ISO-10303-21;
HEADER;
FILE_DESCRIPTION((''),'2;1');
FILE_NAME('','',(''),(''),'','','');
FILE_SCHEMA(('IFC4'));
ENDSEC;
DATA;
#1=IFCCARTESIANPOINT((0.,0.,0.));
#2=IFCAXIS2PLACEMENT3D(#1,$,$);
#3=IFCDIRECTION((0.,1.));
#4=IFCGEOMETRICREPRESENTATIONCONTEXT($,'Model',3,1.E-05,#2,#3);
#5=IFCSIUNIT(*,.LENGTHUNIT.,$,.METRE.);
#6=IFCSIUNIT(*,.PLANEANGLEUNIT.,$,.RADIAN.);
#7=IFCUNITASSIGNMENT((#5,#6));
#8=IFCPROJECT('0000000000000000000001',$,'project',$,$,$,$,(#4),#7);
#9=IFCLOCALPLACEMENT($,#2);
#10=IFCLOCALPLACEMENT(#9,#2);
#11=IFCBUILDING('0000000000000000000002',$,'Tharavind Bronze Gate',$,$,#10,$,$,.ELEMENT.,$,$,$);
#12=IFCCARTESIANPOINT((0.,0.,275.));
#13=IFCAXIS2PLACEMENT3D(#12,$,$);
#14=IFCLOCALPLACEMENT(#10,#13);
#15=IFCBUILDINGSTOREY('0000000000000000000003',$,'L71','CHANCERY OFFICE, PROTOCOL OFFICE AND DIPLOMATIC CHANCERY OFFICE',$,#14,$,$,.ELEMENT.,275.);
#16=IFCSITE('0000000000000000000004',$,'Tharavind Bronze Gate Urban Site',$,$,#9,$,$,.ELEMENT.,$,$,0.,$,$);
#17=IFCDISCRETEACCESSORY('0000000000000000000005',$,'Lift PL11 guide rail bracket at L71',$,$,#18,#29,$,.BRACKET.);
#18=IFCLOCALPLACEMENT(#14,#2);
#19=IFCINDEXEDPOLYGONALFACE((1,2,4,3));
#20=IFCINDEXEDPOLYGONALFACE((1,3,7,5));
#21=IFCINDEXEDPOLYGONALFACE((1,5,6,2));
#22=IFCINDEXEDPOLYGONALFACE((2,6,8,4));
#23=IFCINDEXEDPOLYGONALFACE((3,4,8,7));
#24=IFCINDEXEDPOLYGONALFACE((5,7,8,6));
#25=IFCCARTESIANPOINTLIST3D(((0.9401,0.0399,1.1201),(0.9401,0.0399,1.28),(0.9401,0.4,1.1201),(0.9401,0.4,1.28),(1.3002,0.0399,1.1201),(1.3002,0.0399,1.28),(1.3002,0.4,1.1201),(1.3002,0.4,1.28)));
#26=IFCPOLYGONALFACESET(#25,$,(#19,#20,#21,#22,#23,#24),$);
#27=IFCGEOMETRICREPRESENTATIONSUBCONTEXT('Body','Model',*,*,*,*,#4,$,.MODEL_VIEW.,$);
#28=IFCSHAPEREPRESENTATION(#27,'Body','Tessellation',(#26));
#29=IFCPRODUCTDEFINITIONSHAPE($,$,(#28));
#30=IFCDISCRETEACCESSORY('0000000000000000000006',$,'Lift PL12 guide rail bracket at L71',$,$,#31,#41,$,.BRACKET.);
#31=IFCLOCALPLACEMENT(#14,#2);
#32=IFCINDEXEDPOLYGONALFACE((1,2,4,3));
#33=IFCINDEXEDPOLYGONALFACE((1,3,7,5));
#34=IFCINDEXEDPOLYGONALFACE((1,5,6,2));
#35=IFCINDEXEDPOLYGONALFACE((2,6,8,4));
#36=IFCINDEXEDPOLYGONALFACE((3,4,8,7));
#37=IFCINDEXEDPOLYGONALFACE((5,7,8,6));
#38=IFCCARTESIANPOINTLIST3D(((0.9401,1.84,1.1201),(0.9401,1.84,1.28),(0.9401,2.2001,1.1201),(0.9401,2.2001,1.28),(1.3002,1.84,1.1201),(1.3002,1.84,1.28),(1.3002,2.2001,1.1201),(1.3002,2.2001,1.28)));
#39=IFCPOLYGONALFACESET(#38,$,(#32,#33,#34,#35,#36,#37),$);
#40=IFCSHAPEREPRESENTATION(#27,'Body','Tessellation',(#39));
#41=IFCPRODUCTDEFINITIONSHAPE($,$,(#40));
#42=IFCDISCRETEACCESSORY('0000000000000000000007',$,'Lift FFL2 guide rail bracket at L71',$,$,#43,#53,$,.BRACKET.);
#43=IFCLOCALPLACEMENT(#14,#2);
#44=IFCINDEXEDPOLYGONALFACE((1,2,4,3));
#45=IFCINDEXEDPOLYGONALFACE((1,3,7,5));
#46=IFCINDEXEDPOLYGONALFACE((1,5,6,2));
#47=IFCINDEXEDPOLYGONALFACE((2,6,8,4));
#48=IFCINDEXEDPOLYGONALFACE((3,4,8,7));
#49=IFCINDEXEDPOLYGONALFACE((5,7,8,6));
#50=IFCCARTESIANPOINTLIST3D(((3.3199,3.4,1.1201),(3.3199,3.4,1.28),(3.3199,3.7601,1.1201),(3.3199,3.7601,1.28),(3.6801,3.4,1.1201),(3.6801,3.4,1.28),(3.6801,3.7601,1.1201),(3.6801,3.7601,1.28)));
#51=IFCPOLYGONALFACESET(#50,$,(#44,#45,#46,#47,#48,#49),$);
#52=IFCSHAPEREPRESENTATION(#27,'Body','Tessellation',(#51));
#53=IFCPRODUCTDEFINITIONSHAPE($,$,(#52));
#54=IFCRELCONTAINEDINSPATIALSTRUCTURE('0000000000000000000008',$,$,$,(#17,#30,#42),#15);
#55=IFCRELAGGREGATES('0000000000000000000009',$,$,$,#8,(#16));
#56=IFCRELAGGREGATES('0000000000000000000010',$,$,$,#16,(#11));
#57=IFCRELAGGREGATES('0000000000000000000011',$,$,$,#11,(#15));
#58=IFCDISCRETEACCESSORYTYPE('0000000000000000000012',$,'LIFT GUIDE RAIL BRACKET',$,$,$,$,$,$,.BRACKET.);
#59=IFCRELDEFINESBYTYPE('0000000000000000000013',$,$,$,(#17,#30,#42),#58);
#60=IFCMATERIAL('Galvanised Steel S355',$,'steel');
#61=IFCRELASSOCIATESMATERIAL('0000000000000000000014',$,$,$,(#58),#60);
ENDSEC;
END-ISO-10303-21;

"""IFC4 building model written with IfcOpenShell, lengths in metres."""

from ifc_helpers import new_model, si_unit, direction, frame, origin, origin_2d, place, context, subcontext, project, spatial, rectangle, extrude, material, type_object, element, save


model = new_model("IFC4")

# Units and contexts
model_context = context("Model", 3, precision=1e-05, world=origin(), true_north=direction((0.0, 1.0)))
body_context = subcontext(model_context, "Body", "Model", "MODEL_VIEW")
ifc_project = project(units=[si_unit("LENGTHUNIT", "METRE"), si_unit("PLANEANGLEUNIT", "RADIAN")], contexts=[model_context])

# Site, building, storey
site_placement = place(None, origin())
site = spatial("IfcSite", under=ifc_project, at=site_placement, Name="Tharavind Bronze Gate Urban Site", CompositionType="ELEMENT", RefElevation=0.0)
building_placement = place(site_placement, origin())
building = spatial("IfcBuilding", under=site, at=building_placement, Name="Tharavind Bronze Gate", CompositionType="ELEMENT")
storey_placement = place(building_placement, frame((0.0, 0.0, 275.0)))
storey = spatial("IfcBuildingStorey", under=building, at=storey_placement, Name="L71", Description="CHANCERY OFFICE, PROTOCOL OFFICE AND DIPLOMATIC CHANCERY OFFICE", CompositionType="ELEMENT", Elevation=275.0)

# Discrete accessories
ifc_material_1 = material(Name="Galvanised Steel S355", Category="steel")
discrete_accessory_type = type_object("IfcDiscreteAccessoryType", Name="LIFT GUIDE RAIL BRACKET", PredefinedType="BRACKET", material=ifc_material_1)
for number, where, z_axis, x_axis, name in (
    (1, (1.1201, 0.22, 1.1201), (0.0, 0.0, 1.0), (1.0, 0.0, 0.0), "Lift PL11 guide rail bracket at L71"),
    (2, (1.1201, 2.02, 1.1201), (0.0, 0.0, 1.0), (1.0, 0.0, 0.0), "Lift PL12 guide rail bracket at L71"),
    (3, (3.5, 3.5801, 1.1201), (0.0, 0.0, 1.0), (1.0, 0.0, 0.0), "Lift FFL2 guide rail bracket at L71"),
):
    element("IfcDiscreteAccessory", number, at=place(storey_placement, frame(where, z_axis=z_axis, x_axis=x_axis)), inside=storey, type_object=discrete_accessory_type, Name=name, PredefinedType="BRACKET", context=body_context, shape_type="SweptSolid", body=[
        extrude(rectangle(XDim=0.3601, YDim=0.3601, at=origin_2d()), origin(), (0.0, 0.0, 1.0), 0.1599),
    ])

save(model, "model.ifc")
